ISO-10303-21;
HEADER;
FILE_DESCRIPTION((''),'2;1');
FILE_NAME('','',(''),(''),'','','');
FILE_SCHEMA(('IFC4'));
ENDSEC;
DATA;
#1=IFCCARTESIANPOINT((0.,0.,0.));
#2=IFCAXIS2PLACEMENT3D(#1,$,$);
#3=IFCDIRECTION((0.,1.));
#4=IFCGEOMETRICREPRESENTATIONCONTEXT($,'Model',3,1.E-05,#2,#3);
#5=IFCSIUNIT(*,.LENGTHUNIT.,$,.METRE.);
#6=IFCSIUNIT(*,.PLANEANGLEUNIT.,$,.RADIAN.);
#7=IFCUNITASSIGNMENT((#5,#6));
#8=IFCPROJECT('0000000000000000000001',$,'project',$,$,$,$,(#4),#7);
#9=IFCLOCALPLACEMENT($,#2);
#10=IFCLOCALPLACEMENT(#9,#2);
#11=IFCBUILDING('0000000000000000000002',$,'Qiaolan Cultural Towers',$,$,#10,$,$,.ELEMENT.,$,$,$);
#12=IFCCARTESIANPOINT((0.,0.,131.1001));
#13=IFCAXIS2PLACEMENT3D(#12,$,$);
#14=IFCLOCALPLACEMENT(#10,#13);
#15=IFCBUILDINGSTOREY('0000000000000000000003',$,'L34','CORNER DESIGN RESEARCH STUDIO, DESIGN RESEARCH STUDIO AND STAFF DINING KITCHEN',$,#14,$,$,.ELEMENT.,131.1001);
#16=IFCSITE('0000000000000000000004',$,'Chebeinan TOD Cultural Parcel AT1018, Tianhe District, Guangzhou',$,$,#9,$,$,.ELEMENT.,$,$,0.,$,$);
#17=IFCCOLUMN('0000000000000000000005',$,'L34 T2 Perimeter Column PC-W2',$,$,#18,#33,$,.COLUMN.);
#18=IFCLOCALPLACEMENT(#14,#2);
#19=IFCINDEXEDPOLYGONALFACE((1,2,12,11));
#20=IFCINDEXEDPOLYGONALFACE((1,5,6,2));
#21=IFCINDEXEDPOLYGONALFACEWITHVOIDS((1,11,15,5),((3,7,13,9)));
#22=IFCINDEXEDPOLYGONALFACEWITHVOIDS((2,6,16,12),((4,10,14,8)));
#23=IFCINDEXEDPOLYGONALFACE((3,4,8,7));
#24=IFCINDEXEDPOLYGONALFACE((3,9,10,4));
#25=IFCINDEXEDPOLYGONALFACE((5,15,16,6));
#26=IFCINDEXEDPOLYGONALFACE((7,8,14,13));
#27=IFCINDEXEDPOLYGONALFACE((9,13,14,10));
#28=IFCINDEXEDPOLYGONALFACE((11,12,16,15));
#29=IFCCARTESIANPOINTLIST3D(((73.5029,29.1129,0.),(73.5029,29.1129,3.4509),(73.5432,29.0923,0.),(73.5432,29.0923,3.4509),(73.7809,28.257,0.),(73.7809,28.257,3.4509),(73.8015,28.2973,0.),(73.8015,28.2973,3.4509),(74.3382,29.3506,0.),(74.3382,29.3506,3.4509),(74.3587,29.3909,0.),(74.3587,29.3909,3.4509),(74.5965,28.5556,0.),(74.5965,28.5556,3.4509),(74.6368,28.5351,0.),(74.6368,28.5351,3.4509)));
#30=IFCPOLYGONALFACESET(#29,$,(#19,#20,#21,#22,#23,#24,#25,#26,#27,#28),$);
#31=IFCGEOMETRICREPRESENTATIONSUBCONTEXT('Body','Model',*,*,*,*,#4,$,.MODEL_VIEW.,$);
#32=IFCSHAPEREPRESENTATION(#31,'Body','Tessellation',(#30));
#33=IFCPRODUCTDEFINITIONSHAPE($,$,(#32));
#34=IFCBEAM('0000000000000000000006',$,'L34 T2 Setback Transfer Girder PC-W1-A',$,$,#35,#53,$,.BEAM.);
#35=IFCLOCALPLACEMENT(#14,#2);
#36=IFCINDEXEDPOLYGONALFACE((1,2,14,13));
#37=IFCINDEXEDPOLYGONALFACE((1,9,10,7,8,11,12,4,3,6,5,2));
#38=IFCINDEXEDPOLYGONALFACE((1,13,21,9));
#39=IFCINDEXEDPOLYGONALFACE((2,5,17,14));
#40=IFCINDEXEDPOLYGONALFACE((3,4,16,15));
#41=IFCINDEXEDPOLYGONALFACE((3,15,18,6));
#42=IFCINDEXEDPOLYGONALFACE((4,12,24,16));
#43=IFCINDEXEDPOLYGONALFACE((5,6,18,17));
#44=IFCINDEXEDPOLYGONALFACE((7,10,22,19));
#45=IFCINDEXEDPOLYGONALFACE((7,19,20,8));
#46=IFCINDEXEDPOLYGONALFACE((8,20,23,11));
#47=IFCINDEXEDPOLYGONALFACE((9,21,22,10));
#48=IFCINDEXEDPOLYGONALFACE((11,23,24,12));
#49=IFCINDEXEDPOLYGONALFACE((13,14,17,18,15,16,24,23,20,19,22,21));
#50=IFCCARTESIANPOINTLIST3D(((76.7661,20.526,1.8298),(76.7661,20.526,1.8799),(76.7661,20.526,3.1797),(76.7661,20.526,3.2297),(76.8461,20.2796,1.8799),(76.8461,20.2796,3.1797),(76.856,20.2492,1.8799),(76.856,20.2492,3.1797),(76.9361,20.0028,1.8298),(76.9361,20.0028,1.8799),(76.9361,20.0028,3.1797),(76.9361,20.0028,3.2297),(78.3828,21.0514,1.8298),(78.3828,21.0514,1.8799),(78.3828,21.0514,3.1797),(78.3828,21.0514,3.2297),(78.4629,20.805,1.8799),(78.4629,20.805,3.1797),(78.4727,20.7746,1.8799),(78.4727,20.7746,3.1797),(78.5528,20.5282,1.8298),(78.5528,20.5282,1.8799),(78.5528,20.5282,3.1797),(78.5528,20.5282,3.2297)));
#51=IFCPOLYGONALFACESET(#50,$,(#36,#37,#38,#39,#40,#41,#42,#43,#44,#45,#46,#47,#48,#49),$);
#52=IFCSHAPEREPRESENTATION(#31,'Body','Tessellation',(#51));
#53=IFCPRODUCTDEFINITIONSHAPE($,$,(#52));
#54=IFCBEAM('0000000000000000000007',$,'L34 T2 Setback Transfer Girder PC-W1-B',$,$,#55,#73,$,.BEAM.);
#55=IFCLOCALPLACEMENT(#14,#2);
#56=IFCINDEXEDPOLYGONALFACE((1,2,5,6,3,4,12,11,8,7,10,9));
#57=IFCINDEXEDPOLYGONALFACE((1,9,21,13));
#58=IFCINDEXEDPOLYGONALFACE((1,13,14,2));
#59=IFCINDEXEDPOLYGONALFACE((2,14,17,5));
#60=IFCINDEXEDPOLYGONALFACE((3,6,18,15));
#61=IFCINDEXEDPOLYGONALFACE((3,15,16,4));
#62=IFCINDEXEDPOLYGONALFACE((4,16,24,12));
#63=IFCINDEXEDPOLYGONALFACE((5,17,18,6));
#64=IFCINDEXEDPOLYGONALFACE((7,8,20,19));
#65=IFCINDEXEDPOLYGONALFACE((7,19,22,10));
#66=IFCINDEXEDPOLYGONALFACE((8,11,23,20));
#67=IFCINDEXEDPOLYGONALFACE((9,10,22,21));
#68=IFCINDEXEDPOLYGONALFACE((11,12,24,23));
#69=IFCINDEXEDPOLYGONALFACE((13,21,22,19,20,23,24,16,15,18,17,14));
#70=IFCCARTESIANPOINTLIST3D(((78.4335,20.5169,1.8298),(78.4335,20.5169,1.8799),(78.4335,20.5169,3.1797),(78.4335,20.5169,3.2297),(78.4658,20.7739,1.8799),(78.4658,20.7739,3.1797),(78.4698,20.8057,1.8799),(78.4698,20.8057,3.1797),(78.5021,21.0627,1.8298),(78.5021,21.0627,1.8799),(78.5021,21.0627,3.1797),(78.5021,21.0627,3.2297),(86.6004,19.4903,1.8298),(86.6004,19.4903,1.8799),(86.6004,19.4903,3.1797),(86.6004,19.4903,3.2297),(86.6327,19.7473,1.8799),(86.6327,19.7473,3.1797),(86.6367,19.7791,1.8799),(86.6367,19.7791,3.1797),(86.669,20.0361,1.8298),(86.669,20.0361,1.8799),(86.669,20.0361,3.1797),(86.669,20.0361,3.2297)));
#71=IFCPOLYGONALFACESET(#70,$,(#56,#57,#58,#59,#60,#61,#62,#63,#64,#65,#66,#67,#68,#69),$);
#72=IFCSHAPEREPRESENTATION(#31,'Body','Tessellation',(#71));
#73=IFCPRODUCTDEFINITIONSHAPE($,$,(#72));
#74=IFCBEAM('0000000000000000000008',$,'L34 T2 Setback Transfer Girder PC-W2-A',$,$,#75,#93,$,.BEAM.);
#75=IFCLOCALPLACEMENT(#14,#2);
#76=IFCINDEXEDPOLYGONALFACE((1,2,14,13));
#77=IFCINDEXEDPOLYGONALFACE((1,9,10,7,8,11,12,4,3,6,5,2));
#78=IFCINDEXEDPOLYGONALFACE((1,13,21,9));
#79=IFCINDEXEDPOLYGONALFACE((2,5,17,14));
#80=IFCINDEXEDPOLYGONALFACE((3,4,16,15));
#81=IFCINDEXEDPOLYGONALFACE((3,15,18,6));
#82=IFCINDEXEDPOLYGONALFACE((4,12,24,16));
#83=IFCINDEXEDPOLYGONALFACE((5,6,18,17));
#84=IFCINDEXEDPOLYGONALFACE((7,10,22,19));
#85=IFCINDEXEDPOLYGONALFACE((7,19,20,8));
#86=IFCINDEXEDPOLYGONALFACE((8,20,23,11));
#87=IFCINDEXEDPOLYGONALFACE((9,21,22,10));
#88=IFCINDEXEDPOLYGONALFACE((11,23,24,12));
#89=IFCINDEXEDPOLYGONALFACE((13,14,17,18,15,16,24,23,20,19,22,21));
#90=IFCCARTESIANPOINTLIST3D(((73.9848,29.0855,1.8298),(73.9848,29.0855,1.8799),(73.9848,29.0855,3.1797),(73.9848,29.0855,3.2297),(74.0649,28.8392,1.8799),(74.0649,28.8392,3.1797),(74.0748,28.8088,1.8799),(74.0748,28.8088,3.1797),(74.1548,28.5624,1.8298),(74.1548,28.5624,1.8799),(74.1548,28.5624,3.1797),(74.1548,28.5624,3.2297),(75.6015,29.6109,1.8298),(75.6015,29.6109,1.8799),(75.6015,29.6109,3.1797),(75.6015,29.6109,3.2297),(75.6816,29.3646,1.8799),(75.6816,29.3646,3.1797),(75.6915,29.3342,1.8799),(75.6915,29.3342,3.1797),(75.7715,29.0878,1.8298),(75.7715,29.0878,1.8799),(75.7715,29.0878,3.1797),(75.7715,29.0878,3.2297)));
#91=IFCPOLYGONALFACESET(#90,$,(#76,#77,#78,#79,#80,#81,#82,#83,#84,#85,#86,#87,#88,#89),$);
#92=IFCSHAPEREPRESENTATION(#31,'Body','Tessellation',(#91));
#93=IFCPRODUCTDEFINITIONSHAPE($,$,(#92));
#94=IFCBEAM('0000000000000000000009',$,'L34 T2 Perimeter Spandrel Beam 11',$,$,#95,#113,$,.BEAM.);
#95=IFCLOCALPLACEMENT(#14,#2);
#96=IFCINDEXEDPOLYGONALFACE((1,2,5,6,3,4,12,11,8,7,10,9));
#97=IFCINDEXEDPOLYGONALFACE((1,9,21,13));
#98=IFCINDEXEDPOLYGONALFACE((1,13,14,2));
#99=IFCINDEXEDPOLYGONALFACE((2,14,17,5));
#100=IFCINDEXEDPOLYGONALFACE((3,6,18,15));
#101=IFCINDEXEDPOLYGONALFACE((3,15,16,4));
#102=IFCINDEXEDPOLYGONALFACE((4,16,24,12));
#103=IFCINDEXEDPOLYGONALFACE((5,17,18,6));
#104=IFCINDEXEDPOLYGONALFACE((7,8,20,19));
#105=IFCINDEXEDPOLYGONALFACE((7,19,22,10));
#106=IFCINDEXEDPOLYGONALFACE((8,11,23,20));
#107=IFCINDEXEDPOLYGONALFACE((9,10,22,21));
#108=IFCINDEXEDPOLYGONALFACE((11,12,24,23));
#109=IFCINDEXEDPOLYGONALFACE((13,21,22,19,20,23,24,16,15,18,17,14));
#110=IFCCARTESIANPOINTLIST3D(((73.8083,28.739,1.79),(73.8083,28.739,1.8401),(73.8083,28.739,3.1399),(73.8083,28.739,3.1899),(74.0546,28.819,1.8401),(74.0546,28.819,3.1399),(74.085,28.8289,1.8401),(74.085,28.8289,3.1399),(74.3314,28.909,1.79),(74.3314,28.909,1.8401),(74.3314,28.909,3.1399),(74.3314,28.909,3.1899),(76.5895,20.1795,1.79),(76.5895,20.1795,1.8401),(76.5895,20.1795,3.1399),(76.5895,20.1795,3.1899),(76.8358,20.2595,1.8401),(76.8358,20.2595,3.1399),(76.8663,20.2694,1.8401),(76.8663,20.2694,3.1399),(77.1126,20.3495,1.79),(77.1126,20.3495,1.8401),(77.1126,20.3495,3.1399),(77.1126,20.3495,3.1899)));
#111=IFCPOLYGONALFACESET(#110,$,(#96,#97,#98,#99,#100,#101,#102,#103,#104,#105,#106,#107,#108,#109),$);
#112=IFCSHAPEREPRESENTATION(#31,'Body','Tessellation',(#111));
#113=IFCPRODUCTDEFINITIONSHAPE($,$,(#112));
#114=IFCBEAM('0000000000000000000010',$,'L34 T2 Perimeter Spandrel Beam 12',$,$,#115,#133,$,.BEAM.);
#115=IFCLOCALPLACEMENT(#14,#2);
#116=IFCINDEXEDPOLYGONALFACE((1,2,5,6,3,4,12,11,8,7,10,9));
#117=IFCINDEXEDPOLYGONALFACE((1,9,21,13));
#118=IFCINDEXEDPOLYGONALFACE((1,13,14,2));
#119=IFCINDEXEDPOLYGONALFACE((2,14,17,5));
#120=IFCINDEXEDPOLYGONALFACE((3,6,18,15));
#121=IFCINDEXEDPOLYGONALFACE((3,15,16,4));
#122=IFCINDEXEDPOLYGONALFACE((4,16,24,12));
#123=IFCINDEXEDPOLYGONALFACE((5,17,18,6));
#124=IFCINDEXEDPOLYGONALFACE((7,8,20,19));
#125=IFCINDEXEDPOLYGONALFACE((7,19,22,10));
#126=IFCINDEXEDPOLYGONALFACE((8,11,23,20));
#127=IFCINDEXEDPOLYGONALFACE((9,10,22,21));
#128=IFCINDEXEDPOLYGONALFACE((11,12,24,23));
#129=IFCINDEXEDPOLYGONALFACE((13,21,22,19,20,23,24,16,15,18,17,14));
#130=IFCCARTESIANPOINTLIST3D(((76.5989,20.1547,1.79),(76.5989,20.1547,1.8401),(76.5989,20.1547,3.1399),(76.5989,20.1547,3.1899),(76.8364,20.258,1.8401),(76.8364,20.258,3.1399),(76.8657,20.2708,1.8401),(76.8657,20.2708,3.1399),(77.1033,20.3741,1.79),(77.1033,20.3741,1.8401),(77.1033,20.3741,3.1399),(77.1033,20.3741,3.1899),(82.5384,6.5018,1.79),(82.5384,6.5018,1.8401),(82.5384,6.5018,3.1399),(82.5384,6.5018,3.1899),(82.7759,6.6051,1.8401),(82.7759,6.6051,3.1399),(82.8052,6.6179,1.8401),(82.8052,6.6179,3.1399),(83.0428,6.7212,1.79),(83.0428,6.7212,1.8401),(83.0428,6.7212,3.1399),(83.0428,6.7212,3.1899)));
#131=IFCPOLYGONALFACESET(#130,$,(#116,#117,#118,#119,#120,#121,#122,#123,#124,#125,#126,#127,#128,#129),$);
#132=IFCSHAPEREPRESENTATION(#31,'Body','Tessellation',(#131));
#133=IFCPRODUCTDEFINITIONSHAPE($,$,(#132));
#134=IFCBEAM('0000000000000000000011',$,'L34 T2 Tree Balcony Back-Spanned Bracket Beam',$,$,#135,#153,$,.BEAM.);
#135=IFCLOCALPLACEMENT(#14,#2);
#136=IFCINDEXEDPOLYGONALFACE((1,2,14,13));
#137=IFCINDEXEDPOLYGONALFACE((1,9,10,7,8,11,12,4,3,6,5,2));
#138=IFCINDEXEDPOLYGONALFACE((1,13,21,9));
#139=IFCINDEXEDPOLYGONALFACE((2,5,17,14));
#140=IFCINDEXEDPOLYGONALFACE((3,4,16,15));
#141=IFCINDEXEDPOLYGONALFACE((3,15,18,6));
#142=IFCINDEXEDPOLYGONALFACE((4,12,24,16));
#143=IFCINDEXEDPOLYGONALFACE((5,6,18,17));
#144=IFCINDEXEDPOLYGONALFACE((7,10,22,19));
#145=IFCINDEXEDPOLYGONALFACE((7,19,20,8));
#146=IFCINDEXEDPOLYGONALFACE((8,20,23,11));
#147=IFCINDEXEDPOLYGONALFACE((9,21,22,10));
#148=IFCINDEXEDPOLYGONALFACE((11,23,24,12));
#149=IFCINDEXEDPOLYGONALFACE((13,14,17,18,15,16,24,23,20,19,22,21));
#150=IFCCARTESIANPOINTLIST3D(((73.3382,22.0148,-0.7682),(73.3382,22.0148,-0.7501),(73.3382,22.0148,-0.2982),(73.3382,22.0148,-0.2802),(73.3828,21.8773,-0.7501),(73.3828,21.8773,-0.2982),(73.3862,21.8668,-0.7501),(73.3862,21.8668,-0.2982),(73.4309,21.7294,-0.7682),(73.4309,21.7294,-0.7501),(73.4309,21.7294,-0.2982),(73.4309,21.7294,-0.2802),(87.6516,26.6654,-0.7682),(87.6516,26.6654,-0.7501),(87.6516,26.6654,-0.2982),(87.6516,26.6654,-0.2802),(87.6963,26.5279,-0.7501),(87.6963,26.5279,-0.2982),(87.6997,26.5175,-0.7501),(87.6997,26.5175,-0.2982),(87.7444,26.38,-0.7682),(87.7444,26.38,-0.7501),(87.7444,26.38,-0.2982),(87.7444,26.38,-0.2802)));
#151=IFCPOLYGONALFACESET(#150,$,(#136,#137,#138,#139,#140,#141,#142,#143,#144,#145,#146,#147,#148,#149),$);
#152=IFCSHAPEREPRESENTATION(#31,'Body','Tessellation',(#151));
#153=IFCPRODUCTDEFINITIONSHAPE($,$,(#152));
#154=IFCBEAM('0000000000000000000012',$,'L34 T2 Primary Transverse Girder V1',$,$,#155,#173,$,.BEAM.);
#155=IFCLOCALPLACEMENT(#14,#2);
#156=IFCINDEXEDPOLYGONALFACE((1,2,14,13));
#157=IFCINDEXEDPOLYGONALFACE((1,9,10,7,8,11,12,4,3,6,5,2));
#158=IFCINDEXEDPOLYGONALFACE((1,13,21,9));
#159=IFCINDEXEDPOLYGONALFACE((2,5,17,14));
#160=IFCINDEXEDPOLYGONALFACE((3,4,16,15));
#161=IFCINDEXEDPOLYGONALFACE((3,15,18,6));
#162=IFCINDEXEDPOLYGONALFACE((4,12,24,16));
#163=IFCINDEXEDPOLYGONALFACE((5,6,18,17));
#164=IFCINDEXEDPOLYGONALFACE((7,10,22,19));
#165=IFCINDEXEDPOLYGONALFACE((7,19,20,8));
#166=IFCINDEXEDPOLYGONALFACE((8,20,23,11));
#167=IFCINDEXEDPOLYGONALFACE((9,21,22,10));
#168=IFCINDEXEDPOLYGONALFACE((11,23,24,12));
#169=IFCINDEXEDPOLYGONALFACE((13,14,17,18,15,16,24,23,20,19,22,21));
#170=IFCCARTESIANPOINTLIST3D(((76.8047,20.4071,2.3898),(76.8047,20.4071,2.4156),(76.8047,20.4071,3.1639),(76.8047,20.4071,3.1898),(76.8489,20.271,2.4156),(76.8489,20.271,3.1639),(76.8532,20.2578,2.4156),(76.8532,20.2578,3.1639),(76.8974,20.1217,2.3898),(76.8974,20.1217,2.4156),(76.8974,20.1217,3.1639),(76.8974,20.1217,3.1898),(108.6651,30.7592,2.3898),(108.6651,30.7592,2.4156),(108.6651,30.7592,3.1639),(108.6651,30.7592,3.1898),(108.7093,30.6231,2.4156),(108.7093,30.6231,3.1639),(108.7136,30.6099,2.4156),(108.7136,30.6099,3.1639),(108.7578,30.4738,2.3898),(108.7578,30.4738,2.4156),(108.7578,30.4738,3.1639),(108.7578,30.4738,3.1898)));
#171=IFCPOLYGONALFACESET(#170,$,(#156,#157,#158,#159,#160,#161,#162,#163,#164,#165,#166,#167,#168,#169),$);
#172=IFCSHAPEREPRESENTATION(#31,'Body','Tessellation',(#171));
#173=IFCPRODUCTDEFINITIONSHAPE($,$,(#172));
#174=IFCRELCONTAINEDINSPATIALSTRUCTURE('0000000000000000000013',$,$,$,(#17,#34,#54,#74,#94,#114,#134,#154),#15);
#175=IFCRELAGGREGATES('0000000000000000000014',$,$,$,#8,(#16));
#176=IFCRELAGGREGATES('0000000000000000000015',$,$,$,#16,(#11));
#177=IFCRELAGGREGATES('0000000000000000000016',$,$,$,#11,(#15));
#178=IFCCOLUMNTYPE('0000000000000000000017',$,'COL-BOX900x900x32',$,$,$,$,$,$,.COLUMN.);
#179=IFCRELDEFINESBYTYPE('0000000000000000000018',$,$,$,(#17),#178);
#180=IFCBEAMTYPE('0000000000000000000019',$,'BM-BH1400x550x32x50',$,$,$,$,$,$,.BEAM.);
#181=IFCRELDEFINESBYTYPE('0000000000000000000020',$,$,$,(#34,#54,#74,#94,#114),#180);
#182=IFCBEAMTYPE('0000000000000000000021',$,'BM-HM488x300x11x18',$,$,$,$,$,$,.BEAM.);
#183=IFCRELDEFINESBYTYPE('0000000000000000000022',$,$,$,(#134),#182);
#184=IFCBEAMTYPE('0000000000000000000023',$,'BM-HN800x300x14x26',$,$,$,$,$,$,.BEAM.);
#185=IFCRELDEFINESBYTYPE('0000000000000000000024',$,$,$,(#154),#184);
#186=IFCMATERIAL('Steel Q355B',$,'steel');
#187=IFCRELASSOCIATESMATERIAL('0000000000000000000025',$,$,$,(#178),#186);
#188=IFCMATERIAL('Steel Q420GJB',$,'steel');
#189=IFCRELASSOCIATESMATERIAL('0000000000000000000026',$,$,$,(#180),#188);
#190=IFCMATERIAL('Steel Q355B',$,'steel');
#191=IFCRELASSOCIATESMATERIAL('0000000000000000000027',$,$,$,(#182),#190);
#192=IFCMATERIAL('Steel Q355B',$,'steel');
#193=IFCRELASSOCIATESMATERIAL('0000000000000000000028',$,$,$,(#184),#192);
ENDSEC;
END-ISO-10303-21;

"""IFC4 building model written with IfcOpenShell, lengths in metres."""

from ifc_helpers import new_model, si_unit, direction, frame, origin, origin_2d, place, context, subcontext, project, spatial, hollow_rectangle, i_section, extrude, material, material_profile, profile_set, type_object, element, save


model = new_model("IFC4")

# Units and contexts
model_context = context("Model", 3, precision=1e-05, world=origin(), true_north=direction((0.0, 1.0)))
body_context = subcontext(model_context, "Body", "Model", "MODEL_VIEW")
ifc_project = project(units=[si_unit("LENGTHUNIT", "METRE"), si_unit("PLANEANGLEUNIT", "RADIAN")], contexts=[model_context])

# Site, building, storey
site_placement = place(None, origin())
site = spatial("IfcSite", under=ifc_project, at=site_placement, Name="Chebeinan TOD Cultural Parcel AT1018, Tianhe District, Guangzhou", CompositionType="ELEMENT", RefElevation=0.0)
building_placement = place(site_placement, origin())
building = spatial("IfcBuilding", under=site, at=building_placement, Name="Qiaolan Cultural Towers", CompositionType="ELEMENT")
storey_placement = place(building_placement, frame((0.0, 0.0, 131.1001)))
storey = spatial("IfcBuildingStorey", under=building, at=storey_placement, Name="L34", Description="CORNER DESIGN RESEARCH STUDIO, DESIGN RESEARCH STUDIO AND STAFF DINING KITCHEN", CompositionType="ELEMENT", Elevation=131.1001)

# Column
ifc_material_1 = material(Name="Steel Q355B", Category="steel")
ifc_material_profile_1 = material_profile(ifc_material_1, hollow_rectangle(XDim=0.8999, YDim=0.8999, WallThickness=0.032, at=origin_2d()), Name="BOX900x900x32")
ifc_profile_set_1 = profile_set([ifc_material_profile_1], Name="Steel Q355B")
column_type = type_object("IfcColumnType", Name="COL-BOX900x900x32", PredefinedType="COLUMN", material=ifc_profile_set_1)
column_placement = place(storey_placement, frame((74.0698, 28.824, 0.0), z_axis=(0.0, 0.0, 1.0), x_axis=(0.951057, 0.309017, 0.0)))
element("IfcColumn", 1, at=column_placement, inside=storey, type_object=column_type, Name="L34 T2 Perimeter Column PC-W2", PredefinedType="COLUMN", context=body_context, shape_type="SweptSolid", body=[
    extrude(hollow_rectangle(XDim=0.8999, YDim=0.8999, WallThickness=0.032, at=origin_2d()), origin(), (0.0, 0.0, 1.0), 3.4509),
])

# Beams
ifc_material_2 = material(Name="Steel Q420GJB", Category="steel")
ifc_material_profile_2 = material_profile(ifc_material_2, i_section(OverallWidth=0.55, OverallDepth=1.3999, WebThickness=0.032, FlangeThickness=0.05, at=origin_2d()), Name="BH1400x550x32x50")
ifc_profile_set_2 = profile_set([ifc_material_profile_2], Name="Steel Q420GJB")
beam_type_1 = type_object("IfcBeamType", Name="BM-BH1400x550x32x50", PredefinedType="BEAM", material=ifc_profile_set_2)
beam_1_placement = place(storey_placement, frame((76.8511, 20.2644, 2.5298), z_axis=(0.95104, 0.309067, 0.0), x_axis=(-0.309067, 0.95104, 0.0)))
element("IfcBeam", 2, at=beam_1_placement, inside=storey, type_object=beam_type_1, Name="L34 T2 Setback Transfer Girder PC-W1-A", PredefinedType="BEAM", context=body_context, shape_type="SweptSolid", body=[
    extrude(i_section(OverallWidth=0.55, OverallDepth=1.3999, WebThickness=0.032, FlangeThickness=0.05, at=origin_2d()), origin(), (0.0, 0.0, 1.0), 1.7),
])
beam_2_placement = place(storey_placement, frame((78.4678, 20.7898, 2.5298), z_axis=(0.992192, -0.124721, 0.0), x_axis=(0.124721, 0.992192, 0.0)))
element("IfcBeam", 3, at=beam_2_placement, inside=storey, type_object=beam_type_1, Name="L34 T2 Setback Transfer Girder PC-W1-B", PredefinedType="BEAM", context=body_context, shape_type="SweptSolid", body=[
    extrude(i_section(OverallWidth=0.55, OverallDepth=1.3999, WebThickness=0.032, FlangeThickness=0.05, at=origin_2d()), origin(), (0.0, 0.0, 1.0), 8.2312),
])
beam_3_placement = place(storey_placement, frame((74.0698, 28.824, 2.5298), z_axis=(0.95104, 0.309067, 0.0), x_axis=(-0.309067, 0.95104, 0.0)))
element("IfcBeam", 4, at=beam_3_placement, inside=storey, type_object=beam_type_1, Name="L34 T2 Setback Transfer Girder PC-W2-A", PredefinedType="BEAM", context=body_context, shape_type="SweptSolid", body=[
    extrude(i_section(OverallWidth=0.55, OverallDepth=1.3999, WebThickness=0.032, FlangeThickness=0.05, at=origin_2d()), origin(), (0.0, 0.0, 1.0), 1.7),
])
beam_4_placement = place(storey_placement, frame((74.0698, 28.824, 2.49), z_axis=(0.309025, -0.951054, 0.0), x_axis=(0.951054, 0.309025, 0.0)))
element("IfcBeam", 5, at=beam_4_placement, inside=storey, type_object=beam_type_1, Name="L34 T2 Perimeter Spandrel Beam 11", PredefinedType="BEAM", context=body_context, shape_type="SweptSolid", body=[
    extrude(i_section(OverallWidth=0.55, OverallDepth=1.3999, WebThickness=0.032, FlangeThickness=0.05, at=origin_2d()), origin(), (0.0, 0.0, 1.0), 9.0),
])
beam_5_placement = place(storey_placement, frame((76.8511, 20.2644, 2.49), z_axis=(0.39892, -0.916986, 0.0), x_axis=(0.916986, 0.39892, 0.0)))
element("IfcBeam", 6, at=beam_5_placement, inside=storey, type_object=beam_type_1, Name="L34 T2 Perimeter Spandrel Beam 12", PredefinedType="BEAM", context=body_context, shape_type="SweptSolid", body=[
    extrude(i_section(OverallWidth=0.55, OverallDepth=1.3999, WebThickness=0.032, FlangeThickness=0.05, at=origin_2d()), origin(), (0.0, 0.0, 1.0), 14.8889),
])
ifc_material_3 = material(Name="Steel Q355B", Category="steel")
ifc_material_profile_3 = material_profile(ifc_material_3, i_section(OverallWidth=0.3, OverallDepth=0.488, WebThickness=0.011, FlangeThickness=0.0181, at=origin_2d()), Name="HM488x300x11x18")
ifc_profile_set_3 = profile_set([ifc_material_profile_3], Name="Steel Q355B")
beam_type_2 = type_object("IfcBeamType", Name="BM-HM488x300x11x18", PredefinedType="BEAM", material=ifc_profile_set_3)
beam_6_placement = place(storey_placement, frame((87.698, 26.5227, -0.5242), z_axis=(-0.951058, -0.309011, 0.0), x_axis=(0.309011, -0.951058, 0.0)))
element("IfcBeam", 7, at=beam_6_placement, inside=storey, type_object=beam_type_2, Name="L34 T2 Tree Balcony Back-Spanned Bracket Beam", PredefinedType="BEAM", context=body_context, shape_type="SweptSolid", body=[
    extrude(i_section(OverallWidth=0.3, OverallDepth=0.488, WebThickness=0.011, FlangeThickness=0.0181, at=origin_2d()), origin(), (0.0, 0.0, 1.0), 15.05),
])
ifc_material_4 = material(Name="Steel Q355B", Category="steel")
ifc_material_profile_4 = material_profile(ifc_material_4, i_section(OverallWidth=0.3, OverallDepth=0.8, WebThickness=0.0139, FlangeThickness=0.0259, at=origin_2d()), Name="HN800x300x14x26")
ifc_profile_set_4 = profile_set([ifc_material_profile_4], Name="Steel Q355B")
beam_type_3 = type_object("IfcBeamType", Name="BM-HN800x300x14x26", PredefinedType="BEAM", material=ifc_profile_set_4)
for number, where, z_axis, x_axis, name in (
    (8, (76.8511, 20.2644, 2.7898), (0.951057, 0.309017, 0.0), (-0.309017, 0.951057, 0.0), "L34 T2 Primary Transverse Girder V1"),
):
    element("IfcBeam", number, at=place(storey_placement, frame(where, z_axis=z_axis, x_axis=x_axis)), inside=storey, type_object=beam_type_3, Name=name, PredefinedType="BEAM", context=body_context, shape_type="SweptSolid", body=[
        extrude(i_section(OverallWidth=0.3, OverallDepth=0.8, WebThickness=0.0139, FlangeThickness=0.0259, at=origin_2d()), origin(), (0.0, 0.0, 1.0), 33.5),
    ])

save(model, "model.ifc")
